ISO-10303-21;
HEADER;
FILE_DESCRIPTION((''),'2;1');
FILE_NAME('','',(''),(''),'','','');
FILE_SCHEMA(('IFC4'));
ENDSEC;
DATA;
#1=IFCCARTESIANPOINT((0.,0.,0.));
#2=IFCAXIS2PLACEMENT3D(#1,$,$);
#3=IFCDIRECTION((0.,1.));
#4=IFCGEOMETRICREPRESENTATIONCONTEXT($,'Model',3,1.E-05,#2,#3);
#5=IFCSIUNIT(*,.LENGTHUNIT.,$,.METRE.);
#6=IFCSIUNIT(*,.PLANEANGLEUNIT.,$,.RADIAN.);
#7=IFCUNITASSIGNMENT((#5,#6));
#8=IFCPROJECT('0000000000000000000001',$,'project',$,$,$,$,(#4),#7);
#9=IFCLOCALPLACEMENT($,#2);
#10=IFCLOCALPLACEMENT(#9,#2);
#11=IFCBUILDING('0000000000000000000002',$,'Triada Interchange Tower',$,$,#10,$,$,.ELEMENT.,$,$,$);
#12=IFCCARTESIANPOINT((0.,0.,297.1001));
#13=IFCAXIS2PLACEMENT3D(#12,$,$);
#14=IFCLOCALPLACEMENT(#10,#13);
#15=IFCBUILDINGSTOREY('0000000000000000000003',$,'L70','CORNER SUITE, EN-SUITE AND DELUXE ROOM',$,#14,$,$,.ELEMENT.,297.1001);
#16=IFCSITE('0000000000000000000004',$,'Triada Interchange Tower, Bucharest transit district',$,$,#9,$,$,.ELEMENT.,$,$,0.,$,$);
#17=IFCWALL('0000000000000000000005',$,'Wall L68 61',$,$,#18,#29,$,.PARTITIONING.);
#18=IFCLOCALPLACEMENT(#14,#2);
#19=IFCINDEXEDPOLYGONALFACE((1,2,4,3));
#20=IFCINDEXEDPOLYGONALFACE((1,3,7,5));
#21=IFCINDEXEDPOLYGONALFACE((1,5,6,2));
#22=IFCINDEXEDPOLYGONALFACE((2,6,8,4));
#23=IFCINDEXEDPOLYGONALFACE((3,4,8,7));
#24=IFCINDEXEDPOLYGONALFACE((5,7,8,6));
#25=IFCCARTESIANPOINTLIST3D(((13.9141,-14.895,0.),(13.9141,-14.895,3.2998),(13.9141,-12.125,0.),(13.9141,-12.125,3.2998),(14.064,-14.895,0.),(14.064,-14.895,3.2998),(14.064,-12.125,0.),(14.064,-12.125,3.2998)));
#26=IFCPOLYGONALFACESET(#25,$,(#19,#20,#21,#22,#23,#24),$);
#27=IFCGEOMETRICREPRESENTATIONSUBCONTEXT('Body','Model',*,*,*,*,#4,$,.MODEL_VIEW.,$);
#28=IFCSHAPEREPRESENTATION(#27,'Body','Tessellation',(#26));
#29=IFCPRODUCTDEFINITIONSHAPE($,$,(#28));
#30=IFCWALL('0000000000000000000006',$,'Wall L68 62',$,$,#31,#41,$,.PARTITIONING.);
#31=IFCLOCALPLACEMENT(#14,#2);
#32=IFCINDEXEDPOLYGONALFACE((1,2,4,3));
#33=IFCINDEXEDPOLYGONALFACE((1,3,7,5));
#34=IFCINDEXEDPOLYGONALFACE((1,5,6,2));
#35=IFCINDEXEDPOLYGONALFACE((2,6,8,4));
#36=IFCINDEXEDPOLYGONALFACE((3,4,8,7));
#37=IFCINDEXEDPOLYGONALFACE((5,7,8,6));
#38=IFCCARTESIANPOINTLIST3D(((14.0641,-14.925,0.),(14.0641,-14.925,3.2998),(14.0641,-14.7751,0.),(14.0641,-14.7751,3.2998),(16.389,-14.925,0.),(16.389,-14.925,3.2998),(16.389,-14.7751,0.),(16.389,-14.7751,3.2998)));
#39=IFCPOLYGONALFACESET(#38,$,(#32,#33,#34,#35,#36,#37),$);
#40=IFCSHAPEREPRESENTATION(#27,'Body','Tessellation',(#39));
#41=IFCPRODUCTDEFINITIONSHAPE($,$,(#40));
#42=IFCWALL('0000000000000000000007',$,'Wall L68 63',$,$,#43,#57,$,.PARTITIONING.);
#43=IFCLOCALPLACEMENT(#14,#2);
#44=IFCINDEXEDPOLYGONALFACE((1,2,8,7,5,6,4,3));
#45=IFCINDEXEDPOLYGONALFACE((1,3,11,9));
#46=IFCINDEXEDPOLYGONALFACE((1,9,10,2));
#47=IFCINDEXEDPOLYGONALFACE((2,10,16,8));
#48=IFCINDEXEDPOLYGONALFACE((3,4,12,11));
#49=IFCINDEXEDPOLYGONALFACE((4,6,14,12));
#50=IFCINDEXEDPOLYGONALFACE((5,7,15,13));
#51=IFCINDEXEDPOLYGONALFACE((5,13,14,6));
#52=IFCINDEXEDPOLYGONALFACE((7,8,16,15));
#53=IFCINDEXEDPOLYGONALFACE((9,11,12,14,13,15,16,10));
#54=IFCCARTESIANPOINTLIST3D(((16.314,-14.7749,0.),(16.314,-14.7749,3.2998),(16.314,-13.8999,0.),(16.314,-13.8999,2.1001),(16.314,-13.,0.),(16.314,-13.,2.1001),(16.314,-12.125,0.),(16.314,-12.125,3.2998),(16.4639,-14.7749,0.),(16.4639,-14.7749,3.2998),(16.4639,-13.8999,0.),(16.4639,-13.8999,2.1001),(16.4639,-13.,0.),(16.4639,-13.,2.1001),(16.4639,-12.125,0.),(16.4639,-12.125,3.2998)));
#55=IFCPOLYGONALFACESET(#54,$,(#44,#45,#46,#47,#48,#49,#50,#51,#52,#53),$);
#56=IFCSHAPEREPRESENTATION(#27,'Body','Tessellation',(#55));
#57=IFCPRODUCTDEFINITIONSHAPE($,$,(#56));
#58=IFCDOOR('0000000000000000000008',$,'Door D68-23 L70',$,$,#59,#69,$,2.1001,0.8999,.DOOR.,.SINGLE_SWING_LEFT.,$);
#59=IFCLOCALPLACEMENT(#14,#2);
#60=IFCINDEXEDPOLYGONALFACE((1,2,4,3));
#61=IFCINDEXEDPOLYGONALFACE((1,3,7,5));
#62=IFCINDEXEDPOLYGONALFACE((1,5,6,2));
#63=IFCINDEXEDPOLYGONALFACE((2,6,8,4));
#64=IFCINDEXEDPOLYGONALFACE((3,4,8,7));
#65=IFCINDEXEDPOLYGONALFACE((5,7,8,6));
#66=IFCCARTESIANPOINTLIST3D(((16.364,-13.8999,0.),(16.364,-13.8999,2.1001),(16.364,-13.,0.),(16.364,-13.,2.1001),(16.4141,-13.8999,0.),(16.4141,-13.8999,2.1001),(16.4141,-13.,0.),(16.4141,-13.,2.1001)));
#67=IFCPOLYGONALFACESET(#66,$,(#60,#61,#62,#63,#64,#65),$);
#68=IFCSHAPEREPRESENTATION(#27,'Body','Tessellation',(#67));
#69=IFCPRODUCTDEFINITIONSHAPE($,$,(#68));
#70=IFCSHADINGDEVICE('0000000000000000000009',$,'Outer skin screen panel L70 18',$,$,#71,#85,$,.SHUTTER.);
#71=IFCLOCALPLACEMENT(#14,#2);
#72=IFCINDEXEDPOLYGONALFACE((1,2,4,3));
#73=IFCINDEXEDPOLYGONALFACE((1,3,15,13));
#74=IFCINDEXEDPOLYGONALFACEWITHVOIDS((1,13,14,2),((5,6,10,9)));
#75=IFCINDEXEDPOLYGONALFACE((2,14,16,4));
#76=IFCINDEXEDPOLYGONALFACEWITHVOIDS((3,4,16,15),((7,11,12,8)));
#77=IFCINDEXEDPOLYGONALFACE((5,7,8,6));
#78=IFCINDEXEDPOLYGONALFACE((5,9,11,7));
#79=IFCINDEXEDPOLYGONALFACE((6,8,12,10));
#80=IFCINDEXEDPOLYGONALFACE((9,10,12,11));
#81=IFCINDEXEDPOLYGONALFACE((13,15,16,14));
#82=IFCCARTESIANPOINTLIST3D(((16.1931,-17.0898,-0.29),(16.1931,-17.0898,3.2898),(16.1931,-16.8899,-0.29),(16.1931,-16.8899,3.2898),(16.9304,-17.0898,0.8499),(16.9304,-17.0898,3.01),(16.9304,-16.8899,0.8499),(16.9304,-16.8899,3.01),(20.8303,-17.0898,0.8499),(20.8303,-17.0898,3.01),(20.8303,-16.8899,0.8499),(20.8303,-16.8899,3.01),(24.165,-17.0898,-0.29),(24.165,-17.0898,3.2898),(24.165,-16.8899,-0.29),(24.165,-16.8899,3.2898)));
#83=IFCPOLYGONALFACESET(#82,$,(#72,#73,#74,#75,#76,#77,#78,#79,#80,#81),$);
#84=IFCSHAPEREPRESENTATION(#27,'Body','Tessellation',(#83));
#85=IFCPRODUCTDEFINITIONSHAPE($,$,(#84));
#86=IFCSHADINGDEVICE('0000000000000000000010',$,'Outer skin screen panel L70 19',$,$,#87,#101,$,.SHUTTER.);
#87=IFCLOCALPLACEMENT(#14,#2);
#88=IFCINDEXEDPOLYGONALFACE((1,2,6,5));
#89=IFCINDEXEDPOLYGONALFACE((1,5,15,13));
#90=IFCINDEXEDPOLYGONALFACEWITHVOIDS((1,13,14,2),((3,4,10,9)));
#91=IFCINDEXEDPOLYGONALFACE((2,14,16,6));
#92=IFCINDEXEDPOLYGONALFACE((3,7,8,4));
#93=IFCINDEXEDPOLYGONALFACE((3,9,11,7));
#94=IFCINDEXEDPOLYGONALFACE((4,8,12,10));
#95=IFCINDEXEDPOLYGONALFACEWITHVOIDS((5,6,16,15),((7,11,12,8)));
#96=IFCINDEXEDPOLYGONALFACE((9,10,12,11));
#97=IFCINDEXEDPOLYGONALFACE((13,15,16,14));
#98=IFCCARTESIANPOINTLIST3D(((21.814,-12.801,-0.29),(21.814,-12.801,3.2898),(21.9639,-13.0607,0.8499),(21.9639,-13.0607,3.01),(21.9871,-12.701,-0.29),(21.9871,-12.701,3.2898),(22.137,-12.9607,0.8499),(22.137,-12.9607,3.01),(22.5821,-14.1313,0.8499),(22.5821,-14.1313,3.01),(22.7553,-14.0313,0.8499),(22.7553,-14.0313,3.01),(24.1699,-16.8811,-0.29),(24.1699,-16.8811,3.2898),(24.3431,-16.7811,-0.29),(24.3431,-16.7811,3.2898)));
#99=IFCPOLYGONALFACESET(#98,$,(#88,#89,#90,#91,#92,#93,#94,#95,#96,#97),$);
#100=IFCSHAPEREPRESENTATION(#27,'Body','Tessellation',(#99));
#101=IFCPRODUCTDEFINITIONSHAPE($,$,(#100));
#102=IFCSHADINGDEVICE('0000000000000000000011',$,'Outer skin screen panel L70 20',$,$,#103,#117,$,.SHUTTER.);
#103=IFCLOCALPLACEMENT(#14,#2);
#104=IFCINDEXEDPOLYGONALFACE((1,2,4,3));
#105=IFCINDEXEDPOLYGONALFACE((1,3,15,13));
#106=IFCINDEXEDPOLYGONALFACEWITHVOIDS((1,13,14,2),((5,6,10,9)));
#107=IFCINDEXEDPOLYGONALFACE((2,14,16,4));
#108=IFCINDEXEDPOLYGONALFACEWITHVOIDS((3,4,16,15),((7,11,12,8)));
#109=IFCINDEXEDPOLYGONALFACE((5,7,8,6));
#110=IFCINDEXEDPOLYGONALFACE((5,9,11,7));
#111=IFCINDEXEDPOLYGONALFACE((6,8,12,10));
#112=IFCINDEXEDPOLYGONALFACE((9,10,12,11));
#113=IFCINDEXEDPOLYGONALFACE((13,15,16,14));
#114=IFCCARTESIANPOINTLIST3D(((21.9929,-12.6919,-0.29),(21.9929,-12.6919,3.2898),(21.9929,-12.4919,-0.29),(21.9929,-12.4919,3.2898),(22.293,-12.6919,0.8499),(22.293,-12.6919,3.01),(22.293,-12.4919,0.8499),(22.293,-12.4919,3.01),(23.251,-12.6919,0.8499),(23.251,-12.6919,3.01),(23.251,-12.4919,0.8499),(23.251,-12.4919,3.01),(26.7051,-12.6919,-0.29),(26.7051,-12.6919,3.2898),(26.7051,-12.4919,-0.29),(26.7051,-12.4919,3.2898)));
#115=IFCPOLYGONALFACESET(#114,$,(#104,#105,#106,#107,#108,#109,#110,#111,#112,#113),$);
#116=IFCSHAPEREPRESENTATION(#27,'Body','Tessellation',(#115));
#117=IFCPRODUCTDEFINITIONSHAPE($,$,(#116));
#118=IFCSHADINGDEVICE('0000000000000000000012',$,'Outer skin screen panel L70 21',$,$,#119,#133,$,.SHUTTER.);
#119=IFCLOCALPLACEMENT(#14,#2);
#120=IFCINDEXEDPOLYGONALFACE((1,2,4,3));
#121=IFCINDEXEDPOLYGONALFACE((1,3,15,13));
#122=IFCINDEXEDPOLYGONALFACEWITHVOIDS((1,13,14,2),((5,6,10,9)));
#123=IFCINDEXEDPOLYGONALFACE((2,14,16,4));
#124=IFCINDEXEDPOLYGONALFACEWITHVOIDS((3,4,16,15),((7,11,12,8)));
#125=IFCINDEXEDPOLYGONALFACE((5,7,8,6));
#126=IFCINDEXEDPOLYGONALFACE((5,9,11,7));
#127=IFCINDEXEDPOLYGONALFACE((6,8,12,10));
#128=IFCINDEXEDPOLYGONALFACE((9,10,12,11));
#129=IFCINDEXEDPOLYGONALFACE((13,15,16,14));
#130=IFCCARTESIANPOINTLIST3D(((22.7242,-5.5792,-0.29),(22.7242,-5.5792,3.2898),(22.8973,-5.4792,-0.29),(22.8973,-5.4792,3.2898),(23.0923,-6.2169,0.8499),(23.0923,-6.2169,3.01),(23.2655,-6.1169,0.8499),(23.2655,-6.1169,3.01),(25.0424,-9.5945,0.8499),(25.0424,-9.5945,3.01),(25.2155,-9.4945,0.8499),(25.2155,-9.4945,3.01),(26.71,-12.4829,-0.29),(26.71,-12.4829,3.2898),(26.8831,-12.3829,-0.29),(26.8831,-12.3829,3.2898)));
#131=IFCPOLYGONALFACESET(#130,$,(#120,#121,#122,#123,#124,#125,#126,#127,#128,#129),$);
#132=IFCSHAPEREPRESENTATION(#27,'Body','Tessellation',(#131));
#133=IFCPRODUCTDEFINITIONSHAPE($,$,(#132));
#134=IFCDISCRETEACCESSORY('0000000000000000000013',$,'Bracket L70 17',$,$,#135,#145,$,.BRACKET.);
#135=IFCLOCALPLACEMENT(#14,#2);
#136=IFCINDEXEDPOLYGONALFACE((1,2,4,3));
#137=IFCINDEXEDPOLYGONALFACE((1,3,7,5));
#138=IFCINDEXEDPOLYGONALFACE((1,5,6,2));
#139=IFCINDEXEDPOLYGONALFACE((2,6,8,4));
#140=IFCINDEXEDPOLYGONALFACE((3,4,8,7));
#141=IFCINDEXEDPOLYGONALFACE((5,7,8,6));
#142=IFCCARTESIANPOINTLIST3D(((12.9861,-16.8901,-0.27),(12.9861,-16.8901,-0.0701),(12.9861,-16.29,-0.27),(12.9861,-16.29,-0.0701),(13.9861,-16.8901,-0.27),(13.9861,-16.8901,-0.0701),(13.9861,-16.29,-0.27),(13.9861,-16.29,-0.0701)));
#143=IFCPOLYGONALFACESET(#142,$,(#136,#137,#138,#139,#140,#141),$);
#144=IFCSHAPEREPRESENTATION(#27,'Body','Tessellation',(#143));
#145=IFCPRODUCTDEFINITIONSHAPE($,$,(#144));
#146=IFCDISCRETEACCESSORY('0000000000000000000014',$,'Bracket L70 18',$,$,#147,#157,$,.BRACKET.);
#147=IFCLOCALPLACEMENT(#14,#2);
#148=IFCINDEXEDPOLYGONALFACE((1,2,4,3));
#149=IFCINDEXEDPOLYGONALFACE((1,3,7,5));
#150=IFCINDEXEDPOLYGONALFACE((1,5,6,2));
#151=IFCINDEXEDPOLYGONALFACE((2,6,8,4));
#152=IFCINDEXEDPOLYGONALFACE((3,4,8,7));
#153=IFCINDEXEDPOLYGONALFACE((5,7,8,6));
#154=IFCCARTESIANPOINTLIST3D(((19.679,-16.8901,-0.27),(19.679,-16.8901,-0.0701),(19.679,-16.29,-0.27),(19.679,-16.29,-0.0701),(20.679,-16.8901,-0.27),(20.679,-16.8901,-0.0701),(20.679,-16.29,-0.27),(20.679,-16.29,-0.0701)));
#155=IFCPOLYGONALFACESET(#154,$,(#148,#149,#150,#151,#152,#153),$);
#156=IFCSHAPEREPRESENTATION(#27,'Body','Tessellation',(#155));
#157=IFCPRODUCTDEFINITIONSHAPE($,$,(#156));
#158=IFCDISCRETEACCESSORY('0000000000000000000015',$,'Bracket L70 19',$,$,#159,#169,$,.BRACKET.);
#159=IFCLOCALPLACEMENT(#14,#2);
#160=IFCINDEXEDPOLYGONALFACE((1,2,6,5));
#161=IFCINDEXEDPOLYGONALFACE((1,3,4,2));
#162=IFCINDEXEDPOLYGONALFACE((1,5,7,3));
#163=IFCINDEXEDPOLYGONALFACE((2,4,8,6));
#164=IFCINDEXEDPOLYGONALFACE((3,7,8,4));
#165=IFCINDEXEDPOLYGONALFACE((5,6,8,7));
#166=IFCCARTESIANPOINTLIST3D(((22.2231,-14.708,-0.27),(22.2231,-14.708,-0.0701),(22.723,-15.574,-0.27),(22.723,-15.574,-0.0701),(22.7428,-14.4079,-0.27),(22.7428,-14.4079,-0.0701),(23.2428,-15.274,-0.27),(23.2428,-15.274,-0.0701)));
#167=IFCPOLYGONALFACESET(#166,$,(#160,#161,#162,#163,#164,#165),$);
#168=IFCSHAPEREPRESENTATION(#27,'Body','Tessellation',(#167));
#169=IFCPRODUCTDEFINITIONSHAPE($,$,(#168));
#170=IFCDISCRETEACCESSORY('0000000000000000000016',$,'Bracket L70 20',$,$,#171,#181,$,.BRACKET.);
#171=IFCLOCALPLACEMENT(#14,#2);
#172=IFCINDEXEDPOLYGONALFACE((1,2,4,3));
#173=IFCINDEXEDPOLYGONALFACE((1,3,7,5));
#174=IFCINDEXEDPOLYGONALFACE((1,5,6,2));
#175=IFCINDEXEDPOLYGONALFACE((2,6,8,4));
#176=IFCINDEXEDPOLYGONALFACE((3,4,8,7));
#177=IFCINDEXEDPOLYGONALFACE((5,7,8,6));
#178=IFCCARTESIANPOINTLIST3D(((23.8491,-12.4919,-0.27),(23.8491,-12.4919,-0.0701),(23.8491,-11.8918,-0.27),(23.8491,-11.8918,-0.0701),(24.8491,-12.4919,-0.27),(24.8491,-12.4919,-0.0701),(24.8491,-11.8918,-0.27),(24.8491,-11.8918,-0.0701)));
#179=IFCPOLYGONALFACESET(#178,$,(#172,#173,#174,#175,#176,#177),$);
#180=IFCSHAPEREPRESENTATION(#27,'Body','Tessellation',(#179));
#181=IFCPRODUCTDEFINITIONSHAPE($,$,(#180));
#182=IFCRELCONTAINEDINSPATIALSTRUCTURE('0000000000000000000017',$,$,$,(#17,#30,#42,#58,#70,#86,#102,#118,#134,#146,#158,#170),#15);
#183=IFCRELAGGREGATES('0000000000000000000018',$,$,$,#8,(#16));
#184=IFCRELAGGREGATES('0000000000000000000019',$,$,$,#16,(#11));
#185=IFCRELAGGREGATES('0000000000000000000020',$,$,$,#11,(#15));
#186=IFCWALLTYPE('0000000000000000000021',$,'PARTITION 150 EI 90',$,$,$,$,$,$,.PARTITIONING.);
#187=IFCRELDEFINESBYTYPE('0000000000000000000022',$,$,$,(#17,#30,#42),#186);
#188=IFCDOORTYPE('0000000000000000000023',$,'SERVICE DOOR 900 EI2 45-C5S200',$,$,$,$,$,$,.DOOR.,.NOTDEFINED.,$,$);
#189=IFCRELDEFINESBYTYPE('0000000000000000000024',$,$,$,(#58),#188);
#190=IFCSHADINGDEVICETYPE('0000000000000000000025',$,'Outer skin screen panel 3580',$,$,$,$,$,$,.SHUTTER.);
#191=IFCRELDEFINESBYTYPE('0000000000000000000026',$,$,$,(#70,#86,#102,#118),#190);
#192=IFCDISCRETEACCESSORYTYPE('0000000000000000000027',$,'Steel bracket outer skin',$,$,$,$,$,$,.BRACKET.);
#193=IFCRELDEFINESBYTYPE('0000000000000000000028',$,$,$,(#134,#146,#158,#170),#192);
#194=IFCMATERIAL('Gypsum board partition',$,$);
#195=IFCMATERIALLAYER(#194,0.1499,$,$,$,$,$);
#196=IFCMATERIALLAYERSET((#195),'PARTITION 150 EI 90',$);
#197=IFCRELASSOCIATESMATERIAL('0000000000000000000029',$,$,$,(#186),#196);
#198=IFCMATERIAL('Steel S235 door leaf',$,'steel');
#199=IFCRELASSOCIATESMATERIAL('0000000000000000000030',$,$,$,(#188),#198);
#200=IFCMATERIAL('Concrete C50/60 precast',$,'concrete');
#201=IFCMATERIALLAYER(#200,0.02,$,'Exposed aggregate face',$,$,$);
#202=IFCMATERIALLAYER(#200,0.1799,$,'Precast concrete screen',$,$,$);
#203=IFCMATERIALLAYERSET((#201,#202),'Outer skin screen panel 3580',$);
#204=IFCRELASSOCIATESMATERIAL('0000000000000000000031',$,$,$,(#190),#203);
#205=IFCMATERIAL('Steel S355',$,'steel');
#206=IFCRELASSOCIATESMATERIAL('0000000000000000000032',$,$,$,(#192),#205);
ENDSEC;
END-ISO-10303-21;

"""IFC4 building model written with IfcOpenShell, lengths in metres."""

from ifc_helpers import new_model, si_unit, direction, frame, frame_2d, origin, origin_2d, place, context, subcontext, project, spatial, polyline, rectangle, outline, extrude, material, layer, layer_set, type_object, element, fill, save


model = new_model("IFC4")

# Units and contexts
model_context = context("Model", 3, precision=1e-05, world=origin(), true_north=direction((0.0, 1.0)))
body_context = subcontext(model_context, "Body", "Model", "MODEL_VIEW")
ifc_project = project(units=[si_unit("LENGTHUNIT", "METRE"), si_unit("PLANEANGLEUNIT", "RADIAN")], contexts=[model_context])

# Site, building, storey
site_placement = place(None, origin())
site = spatial("IfcSite", under=ifc_project, at=site_placement, Name="Triada Interchange Tower, Bucharest transit district", CompositionType="ELEMENT", RefElevation=0.0)
building_placement = place(site_placement, origin())
building = spatial("IfcBuilding", under=site, at=building_placement, Name="Triada Interchange Tower", CompositionType="ELEMENT")
storey_placement = place(building_placement, frame((0.0, 0.0, 297.1001)))
storey = spatial("IfcBuildingStorey", under=building, at=storey_placement, Name="L70", Description="CORNER SUITE, EN-SUITE AND DELUXE ROOM", CompositionType="ELEMENT", Elevation=297.1001)

# Walls
ifc_material_1 = material(Name="Gypsum board partition")
ifc_layer_1 = layer(ifc_material_1, 0.1499)
ifc_layer_set_1 = layer_set([ifc_layer_1], Name="PARTITION 150 EI 90")
wall_type_1 = type_object("IfcWallType", Name="PARTITION 150 EI 90", PredefinedType="PARTITIONING", material=ifc_layer_set_1)
wall_1_placement = place(storey_placement, frame((13.989, -14.895, 0.0), z_axis=(0.0, 0.0, 1.0), x_axis=(0.0, 1.0, 0.0)))
element("IfcWall", 1, at=wall_1_placement, inside=storey, type_object=wall_type_1, Name="Wall L68 61", PredefinedType="PARTITIONING", context=body_context, shape_type="SweptSolid", body=[
    extrude(rectangle(XDim=2.77, YDim=0.1499, at=frame_2d((1.385, 0.0))), origin(), (0.0, 0.0, 1.0), 3.2998),
])
wall_2_placement = place(storey_placement, frame((14.064, -14.8501, 0.0), z_axis=(0.0, 0.0, 1.0), x_axis=(1.0, 0.0, 0.0)))
element("IfcWall", 2, at=wall_2_placement, inside=storey, type_object=wall_type_1, Name="Wall L68 62", PredefinedType="PARTITIONING", context=body_context, shape_type="SweptSolid", body=[
    extrude(rectangle(XDim=2.325, YDim=0.1499, at=frame_2d((1.1626, 0.0))), origin(), (0.0, 0.0, 1.0), 3.2998),
])

# Wall, opening, door
wall_3_placement = place(storey_placement, frame((16.3889, -14.7749, 0.0), z_axis=(0.0, 0.0, 1.0), x_axis=(0.0, 1.0, 0.0)))
wall_3 = element("IfcWall", 3, at=wall_3_placement, inside=storey, type_object=wall_type_1, Name="Wall L68 63", PredefinedType="PARTITIONING", context=body_context, shape_type="SweptSolid", body=[
    extrude(rectangle(XDim=2.6499, YDim=0.1499, at=frame_2d((1.325, 0.0))), origin(), (0.0, 0.0, 1.0), 3.2998),
])
opening_1_placement = place(wall_3_placement, frame((0.875, 0.0, 0.0)))
opening_1 = element("IfcOpeningElement", 4, at=opening_1_placement, cuts=wall_3, PredefinedType="OPENING", context=body_context, shape_type="SweptSolid", body=[
    extrude(rectangle(XDim=0.8999, YDim=2.1001, at=frame_2d((0.45, 1.05))), frame((0.0, 0.085, 0.0), z_axis=(0.0, -1.0, 0.0), x_axis=(1.0, 0.0, 0.0)), (0.0, 0.0, 1.0), 0.1699),
])
ifc_material_2 = material(Name="Steel S235 door leaf", Category="steel")
door_type = type_object("IfcDoorType", Name="SERVICE DOOR 900 EI2 45-C5S200", OperationType="NOTDEFINED", PredefinedType="DOOR", material=ifc_material_2)
door_placement = place(opening_1_placement, origin())
door = element("IfcDoor", 5, at=door_placement, inside=storey, type_object=door_type, Name="Door D68-23 L70", OperationType="SINGLE_SWING_LEFT", OverallHeight=2.1001, OverallWidth=0.8999, PredefinedType="DOOR", context=body_context, shape_type="SweptSolid", body=[
    extrude(rectangle(XDim=0.8999, YDim=2.1001, at=frame_2d((0.45, 1.05))), frame((0.0, 0.0249, 0.0), z_axis=(0.0, -1.0, 0.0), x_axis=(1.0, 0.0, 0.0)), (0.0, 0.0, 1.0), 0.05),
])
fill(opening_1, door)

# Shading devices
ifc_material_3 = material(Name="Concrete C50/60 precast", Category="concrete")
ifc_layer_2 = layer(ifc_material_3, 0.02, Name="Exposed aggregate face")
ifc_layer_3 = layer(ifc_material_3, 0.1799, Name="Precast concrete screen")
ifc_layer_set_2 = layer_set([ifc_layer_2, ifc_layer_3], Name="Outer skin screen panel 3580")
shading_device_type = type_object("IfcShadingDeviceType", Name="Outer skin screen panel 3580", PredefinedType="SHUTTER", material=ifc_layer_set_2)
shading_device_1_placement = place(storey_placement, frame((16.1931, -16.8899, -0.29), z_axis=(0.0, 0.0, 1.0), x_axis=(1.0, 0.0, 0.0)))
element("IfcShadingDevice", 6, at=shading_device_1_placement, inside=storey, type_object=shading_device_type, Name="Outer skin screen panel L70 18", PredefinedType="SHUTTER", context=body_context, shape_type="SweptSolid", body=[
    extrude(outline(polyline([(0.0, 0.0), (7.9719, 0.0), (7.9719, 3.5798), (0.0, 3.5798), (0.0, 0.0)]), holes=[polyline([(0.7373, 1.1399), (0.7373, 3.3), (4.6372, 3.3), (4.6372, 1.1399), (0.7373, 1.1399)])]), frame((0.0, 0.0, 0.0), z_axis=(0.0, -1.0, 0.0), x_axis=(1.0, 0.0, 0.0)), (0.0, 0.0, 1.0), 0.2),
])
shading_device_2_placement = place(storey_placement, frame((24.1699, -16.8811, -0.29), z_axis=(0.0, 0.0, 1.0), x_axis=(-0.500051, 0.865996, 0.0)))
element("IfcShadingDevice", 7, at=shading_device_2_placement, inside=storey, type_object=shading_device_type, Name="Outer skin screen panel L70 19", PredefinedType="SHUTTER", context=body_context, shape_type="SweptSolid", body=[
    extrude(outline(polyline([(0.0, 0.0), (4.7114, 0.0), (4.7114, 3.5798), (0.0, 3.5798), (0.0, 0.0)]), holes=[polyline([(3.1753, 1.1399), (3.1753, 3.3), (4.4116, 3.3), (4.4116, 1.1399), (3.1753, 1.1399)])]), frame((0.0, 0.0, 0.0), z_axis=(0.0, -1.0, 0.0), x_axis=(1.0, 0.0, 0.0)), (0.0, 0.0, 1.0), 0.2),
])
shading_device_3_placement = place(storey_placement, frame((21.9929, -12.4919, -0.29), z_axis=(0.0, 0.0, 1.0), x_axis=(1.0, 0.0, 0.0)))
element("IfcShadingDevice", 8, at=shading_device_3_placement, inside=storey, type_object=shading_device_type, Name="Outer skin screen panel L70 20", PredefinedType="SHUTTER", context=body_context, shape_type="SweptSolid", body=[
    extrude(outline(polyline([(0.0, 0.0), (4.7122, 0.0), (4.7122, 3.5798), (0.0, 3.5798), (0.0, 0.0)]), holes=[polyline([(0.3, 1.1399), (0.3, 3.3), (1.2581, 3.3), (1.2581, 1.1399), (0.3, 1.1399)])]), frame((0.0, 0.0, 0.0), z_axis=(0.0, -1.0, 0.0), x_axis=(1.0, 0.0, 0.0)), (0.0, 0.0, 1.0), 0.2),
])
shading_device_4_placement = place(storey_placement, frame((26.71, -12.4829, -0.29), z_axis=(0.0, 0.0, 1.0), x_axis=(-0.499993, 0.86603, 0.0)))
element("IfcShadingDevice", 9, at=shading_device_4_placement, inside=storey, type_object=shading_device_type, Name="Outer skin screen panel L70 21", PredefinedType="SHUTTER", context=body_context, shape_type="SweptSolid", body=[
    extrude(outline(polyline([(0.0, 0.0), (7.9717, 0.0), (7.9717, 3.5798), (0.0, 3.5798), (0.0, 0.0)]), holes=[polyline([(3.3352, 1.1399), (3.3352, 3.3), (7.2354, 3.3), (7.2354, 1.1399), (3.3352, 1.1399)])]), frame((0.0, 0.0, 0.0), z_axis=(0.0, -1.0, 0.0), x_axis=(1.0, 0.0, 0.0)), (0.0, 0.0, 1.0), 0.2),
])

# Discrete accessories
ifc_material_4 = material(Name="Steel S355", Category="steel")
discrete_accessory_type = type_object("IfcDiscreteAccessoryType", Name="Steel bracket outer skin", PredefinedType="BRACKET", material=ifc_material_4)
for number, where, z_axis, x_axis, name in (
    (10, (13.4861, -16.5901, -0.27), (0.0, 0.0, 1.0), (0.0, -1.0, 0.0), "Bracket L70 17"),
    (11, (20.179, -16.5901, -0.27), (0.0, 0.0, 1.0), (0.0, -1.0, 0.0), "Bracket L70 18"),
    (12, (22.7329, -14.991, -0.27), (0.0, 0.0, 1.0), (0.866041, 0.499972, 0.0), "Bracket L70 19"),
    (13, (24.3491, -12.1919, -0.27), (0.0, 0.0, 1.0), (0.0, -1.0, 0.0), "Bracket L70 20"),
):
    element("IfcDiscreteAccessory", number, at=place(storey_placement, frame(where, z_axis=z_axis, x_axis=x_axis)), inside=storey, type_object=discrete_accessory_type, Name=name, PredefinedType="BRACKET", context=body_context, shape_type="SweptSolid", body=[
        extrude(rectangle(XDim=0.6001, YDim=1.0, at=origin_2d()), origin(), (0.0, 0.0, 1.0), 0.2),
    ])

save(model, "model.ifc")
